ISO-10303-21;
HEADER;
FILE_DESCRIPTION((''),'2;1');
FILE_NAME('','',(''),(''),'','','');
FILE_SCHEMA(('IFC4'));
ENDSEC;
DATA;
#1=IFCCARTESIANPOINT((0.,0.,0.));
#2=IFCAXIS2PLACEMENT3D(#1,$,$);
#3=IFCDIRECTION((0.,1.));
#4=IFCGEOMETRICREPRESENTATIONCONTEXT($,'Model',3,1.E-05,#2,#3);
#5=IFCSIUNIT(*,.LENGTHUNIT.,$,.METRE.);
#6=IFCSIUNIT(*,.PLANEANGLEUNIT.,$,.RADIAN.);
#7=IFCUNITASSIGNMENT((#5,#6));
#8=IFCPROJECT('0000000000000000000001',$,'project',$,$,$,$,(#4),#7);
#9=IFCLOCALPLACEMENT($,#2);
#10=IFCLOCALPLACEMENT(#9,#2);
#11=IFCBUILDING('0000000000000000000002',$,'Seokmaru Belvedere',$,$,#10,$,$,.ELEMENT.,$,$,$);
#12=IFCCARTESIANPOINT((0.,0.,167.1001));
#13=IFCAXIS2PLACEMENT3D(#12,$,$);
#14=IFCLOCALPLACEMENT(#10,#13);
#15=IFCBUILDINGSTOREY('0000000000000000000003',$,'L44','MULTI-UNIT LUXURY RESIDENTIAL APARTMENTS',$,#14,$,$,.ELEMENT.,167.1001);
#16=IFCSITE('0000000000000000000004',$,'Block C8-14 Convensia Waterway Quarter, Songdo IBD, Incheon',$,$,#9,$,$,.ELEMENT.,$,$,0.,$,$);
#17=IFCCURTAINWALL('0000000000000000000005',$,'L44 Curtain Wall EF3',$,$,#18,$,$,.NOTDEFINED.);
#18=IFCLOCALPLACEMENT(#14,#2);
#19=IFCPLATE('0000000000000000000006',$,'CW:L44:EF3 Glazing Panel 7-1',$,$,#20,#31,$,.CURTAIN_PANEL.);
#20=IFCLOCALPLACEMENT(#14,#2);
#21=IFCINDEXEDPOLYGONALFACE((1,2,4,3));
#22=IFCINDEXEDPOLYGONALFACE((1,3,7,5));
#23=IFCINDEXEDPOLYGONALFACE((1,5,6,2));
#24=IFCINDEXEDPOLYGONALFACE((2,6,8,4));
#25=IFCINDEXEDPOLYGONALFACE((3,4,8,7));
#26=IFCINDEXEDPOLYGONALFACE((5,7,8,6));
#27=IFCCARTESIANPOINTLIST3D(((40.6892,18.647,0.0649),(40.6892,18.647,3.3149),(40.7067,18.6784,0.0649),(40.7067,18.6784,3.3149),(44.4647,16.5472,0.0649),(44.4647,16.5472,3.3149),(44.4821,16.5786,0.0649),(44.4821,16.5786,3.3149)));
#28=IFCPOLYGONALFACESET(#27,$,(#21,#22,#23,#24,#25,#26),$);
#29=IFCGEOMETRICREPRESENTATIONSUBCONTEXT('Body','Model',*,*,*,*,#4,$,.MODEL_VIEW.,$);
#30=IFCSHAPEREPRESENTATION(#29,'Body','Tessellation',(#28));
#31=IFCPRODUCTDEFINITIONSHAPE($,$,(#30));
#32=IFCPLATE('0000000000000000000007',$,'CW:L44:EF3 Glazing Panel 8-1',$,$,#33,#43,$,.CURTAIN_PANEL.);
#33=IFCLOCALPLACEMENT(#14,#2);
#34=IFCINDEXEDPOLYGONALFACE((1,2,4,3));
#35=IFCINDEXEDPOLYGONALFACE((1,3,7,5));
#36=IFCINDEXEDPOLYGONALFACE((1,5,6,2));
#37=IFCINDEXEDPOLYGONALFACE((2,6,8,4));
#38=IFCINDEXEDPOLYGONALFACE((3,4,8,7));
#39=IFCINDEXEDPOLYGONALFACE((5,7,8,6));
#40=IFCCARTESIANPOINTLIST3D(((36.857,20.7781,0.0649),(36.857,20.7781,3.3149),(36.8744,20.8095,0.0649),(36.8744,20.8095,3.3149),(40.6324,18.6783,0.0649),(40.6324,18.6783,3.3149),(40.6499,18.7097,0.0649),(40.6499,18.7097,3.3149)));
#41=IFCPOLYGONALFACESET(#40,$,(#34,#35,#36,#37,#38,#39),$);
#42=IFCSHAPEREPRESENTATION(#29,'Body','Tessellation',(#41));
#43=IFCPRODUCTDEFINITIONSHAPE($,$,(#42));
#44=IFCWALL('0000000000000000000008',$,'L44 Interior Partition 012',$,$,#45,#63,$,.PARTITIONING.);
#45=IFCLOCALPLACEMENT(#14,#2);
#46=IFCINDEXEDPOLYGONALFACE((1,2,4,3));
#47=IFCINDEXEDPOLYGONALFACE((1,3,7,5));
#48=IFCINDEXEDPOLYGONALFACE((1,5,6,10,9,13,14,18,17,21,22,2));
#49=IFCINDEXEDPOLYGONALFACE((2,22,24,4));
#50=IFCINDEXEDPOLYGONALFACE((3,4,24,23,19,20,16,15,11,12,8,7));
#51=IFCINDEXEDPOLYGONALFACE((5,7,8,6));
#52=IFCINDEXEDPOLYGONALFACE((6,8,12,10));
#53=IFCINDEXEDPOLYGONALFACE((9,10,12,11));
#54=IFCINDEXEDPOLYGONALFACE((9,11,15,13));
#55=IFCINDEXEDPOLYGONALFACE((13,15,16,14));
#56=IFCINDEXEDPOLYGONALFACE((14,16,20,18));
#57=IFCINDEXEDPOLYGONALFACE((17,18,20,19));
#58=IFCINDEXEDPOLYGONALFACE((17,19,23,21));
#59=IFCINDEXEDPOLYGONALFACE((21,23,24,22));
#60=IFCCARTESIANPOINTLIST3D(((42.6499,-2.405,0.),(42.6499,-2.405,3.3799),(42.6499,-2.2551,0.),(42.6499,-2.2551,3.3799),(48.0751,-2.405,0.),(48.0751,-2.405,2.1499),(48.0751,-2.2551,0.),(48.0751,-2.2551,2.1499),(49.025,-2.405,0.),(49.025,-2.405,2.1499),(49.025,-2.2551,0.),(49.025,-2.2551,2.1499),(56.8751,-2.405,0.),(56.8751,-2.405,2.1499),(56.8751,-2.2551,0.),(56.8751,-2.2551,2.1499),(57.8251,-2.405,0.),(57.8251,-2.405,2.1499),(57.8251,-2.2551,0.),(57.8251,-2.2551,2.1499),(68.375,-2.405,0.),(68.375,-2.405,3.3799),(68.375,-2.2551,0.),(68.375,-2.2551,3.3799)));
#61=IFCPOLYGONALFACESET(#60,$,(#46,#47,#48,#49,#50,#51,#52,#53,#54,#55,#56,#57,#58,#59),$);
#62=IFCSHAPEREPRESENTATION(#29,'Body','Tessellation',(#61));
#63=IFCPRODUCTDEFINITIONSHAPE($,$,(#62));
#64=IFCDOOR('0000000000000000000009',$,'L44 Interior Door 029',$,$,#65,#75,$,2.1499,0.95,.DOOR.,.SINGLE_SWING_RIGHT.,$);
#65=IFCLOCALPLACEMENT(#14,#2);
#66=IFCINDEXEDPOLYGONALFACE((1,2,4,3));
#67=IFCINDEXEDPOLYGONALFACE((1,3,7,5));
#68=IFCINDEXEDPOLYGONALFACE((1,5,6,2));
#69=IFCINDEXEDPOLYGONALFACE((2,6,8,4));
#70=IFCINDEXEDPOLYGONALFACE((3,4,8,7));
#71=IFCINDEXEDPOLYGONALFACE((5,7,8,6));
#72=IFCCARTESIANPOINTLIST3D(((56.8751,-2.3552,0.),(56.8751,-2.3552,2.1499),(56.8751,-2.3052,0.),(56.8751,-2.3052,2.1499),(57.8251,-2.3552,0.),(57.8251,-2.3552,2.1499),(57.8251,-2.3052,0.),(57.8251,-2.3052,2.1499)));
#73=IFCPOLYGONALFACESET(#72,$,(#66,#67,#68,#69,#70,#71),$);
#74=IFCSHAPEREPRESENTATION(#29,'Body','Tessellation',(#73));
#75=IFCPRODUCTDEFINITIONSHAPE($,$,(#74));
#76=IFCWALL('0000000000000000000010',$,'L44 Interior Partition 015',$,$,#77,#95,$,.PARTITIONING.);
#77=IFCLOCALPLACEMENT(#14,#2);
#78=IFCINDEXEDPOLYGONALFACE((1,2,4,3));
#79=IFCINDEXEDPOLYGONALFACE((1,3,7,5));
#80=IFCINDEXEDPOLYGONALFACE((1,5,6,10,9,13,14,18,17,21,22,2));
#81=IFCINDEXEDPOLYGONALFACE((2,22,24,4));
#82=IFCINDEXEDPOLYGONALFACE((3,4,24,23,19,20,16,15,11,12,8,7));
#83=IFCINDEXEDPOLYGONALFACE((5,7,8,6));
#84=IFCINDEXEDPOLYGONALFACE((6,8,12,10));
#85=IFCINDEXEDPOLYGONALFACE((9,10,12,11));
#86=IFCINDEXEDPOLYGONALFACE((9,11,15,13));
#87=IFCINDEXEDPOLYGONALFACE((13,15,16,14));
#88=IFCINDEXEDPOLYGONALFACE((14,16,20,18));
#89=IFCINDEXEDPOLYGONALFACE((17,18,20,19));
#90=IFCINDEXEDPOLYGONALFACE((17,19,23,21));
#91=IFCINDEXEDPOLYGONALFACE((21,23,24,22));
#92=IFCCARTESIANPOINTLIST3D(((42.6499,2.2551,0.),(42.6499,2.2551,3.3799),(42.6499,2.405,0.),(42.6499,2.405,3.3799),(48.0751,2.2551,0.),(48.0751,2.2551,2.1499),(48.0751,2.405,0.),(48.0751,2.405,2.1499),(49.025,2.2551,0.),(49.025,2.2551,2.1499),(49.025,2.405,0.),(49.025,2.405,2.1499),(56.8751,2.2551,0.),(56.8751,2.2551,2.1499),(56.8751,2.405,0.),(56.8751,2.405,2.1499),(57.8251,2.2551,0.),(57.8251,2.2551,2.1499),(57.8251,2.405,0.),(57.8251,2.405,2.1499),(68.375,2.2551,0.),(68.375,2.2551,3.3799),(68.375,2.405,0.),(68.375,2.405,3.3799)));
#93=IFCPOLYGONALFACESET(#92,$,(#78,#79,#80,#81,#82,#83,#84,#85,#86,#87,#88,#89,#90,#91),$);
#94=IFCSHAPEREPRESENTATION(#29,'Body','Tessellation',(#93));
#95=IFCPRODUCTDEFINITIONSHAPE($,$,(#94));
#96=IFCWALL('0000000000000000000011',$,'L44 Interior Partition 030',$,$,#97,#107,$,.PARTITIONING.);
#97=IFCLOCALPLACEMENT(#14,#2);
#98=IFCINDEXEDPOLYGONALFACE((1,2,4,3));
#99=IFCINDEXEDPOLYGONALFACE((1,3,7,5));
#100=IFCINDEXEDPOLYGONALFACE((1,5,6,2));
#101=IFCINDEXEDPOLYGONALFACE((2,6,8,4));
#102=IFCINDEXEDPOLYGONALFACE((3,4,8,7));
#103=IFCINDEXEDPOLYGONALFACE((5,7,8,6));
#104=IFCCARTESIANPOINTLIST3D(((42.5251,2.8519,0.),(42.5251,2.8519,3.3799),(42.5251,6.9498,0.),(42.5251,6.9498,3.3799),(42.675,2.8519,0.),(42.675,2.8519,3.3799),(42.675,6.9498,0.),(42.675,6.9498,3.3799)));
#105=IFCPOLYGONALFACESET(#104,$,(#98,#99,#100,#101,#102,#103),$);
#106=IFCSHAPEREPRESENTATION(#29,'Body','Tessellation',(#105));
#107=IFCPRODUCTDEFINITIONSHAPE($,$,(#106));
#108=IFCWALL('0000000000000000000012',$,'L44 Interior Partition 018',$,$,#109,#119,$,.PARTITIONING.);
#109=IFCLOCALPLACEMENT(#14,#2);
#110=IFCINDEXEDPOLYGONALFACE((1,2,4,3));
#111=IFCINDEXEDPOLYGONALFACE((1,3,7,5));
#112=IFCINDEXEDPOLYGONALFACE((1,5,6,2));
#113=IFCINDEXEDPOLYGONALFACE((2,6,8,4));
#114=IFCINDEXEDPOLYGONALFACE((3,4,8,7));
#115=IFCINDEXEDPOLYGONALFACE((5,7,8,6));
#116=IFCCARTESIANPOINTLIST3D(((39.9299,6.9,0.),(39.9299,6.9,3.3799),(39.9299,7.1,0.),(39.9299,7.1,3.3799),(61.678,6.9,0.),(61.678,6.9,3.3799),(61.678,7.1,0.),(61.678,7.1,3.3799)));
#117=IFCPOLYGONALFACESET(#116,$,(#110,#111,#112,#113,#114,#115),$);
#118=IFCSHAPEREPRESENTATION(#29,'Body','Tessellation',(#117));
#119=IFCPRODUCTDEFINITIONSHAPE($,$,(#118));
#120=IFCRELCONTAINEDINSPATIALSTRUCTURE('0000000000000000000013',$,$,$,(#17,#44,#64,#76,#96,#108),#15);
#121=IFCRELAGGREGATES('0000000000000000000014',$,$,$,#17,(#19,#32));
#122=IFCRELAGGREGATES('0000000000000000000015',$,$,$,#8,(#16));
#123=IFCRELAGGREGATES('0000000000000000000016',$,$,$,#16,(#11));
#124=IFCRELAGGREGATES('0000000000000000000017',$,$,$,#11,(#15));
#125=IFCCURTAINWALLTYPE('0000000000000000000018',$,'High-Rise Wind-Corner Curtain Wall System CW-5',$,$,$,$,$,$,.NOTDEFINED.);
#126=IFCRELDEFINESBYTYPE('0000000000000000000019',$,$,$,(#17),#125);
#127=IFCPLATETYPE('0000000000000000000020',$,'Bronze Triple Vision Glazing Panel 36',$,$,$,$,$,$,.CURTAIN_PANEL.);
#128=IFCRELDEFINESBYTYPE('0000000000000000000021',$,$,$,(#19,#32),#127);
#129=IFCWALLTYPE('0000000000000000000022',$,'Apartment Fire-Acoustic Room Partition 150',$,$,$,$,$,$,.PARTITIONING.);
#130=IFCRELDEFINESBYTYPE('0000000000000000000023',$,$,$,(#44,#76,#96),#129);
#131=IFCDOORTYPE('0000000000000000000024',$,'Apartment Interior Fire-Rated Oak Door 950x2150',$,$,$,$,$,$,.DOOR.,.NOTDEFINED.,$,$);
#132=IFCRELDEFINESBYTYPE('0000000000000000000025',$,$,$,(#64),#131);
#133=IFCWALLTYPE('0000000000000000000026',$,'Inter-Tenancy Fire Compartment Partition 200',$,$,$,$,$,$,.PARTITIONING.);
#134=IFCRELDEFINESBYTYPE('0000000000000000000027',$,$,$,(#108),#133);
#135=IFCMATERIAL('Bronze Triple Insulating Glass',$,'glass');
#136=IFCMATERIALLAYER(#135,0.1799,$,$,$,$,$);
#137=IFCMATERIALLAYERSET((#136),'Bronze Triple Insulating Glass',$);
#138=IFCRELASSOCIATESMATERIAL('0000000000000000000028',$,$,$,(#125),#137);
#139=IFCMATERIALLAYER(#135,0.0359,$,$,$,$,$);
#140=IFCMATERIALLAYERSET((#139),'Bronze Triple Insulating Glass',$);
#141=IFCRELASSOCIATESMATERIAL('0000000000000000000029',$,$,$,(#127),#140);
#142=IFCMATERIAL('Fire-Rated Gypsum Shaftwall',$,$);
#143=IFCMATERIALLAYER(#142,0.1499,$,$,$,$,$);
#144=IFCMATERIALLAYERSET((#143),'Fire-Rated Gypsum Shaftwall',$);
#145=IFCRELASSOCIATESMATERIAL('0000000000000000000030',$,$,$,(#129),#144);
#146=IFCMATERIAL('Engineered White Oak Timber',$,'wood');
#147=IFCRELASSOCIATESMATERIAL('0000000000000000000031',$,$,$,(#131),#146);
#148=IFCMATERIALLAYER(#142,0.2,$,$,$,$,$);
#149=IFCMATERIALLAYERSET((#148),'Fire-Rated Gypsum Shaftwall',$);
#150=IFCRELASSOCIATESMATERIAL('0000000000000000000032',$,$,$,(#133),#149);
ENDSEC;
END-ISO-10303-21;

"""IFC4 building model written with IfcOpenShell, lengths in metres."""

from ifc_helpers import new_model, si_unit, direction, frame, frame_2d, origin, origin_2d, place, context, subcontext, project, spatial, rectangle, extrude, source, transform, mapped, material, layer, layer_set, type_object, type_shapes, element, fill, aggregate, save


model = new_model("IFC4")

# Units and contexts
model_context = context("Model", 3, precision=1e-05, world=origin(), true_north=direction((0.0, 1.0)))
body_context = subcontext(model_context, "Body", "Model", "MODEL_VIEW")
ifc_project = project(units=[si_unit("LENGTHUNIT", "METRE"), si_unit("PLANEANGLEUNIT", "RADIAN")], contexts=[model_context])

# Site, building, storey
site_placement = place(None, origin())
site = spatial("IfcSite", under=ifc_project, at=site_placement, Name="Block C8-14 Convensia Waterway Quarter, Songdo IBD, Incheon", CompositionType="ELEMENT", RefElevation=0.0)
building_placement = place(site_placement, origin())
building = spatial("IfcBuilding", under=site, at=building_placement, Name="Seokmaru Belvedere", CompositionType="ELEMENT")
storey_placement = place(building_placement, frame((0.0, 0.0, 167.1001)))
storey = spatial("IfcBuildingStorey", under=building, at=storey_placement, Name="L44", Description="MULTI-UNIT LUXURY RESIDENTIAL APARTMENTS", CompositionType="ELEMENT", Elevation=167.1001)

# Curtain wall, plates
ifc_material_1 = material(Name="Bronze Triple Insulating Glass", Category="glass")
ifc_layer_1 = layer(ifc_material_1, 0.1799)
ifc_layer_set_1 = layer_set([ifc_layer_1], Name="Bronze Triple Insulating Glass")
curtain_wall_type = type_object("IfcCurtainWallType", Name="High-Rise Wind-Corner Curtain Wall System CW-5", PredefinedType="NOTDEFINED", material=ifc_layer_set_1)
curtain_wall_placement = place(storey_placement, origin())
curtain_wall = element("IfcCurtainWall", 1, at=curtain_wall_placement, inside=storey, type_object=curtain_wall_type, Name="L44 Curtain Wall EF3", PredefinedType="NOTDEFINED")
ifc_layer_2 = layer(ifc_material_1, 0.0359)
ifc_layer_set_2 = layer_set([ifc_layer_2], Name="Bronze Triple Insulating Glass")
plate_type = type_object("IfcPlateType", Name="Bronze Triple Vision Glazing Panel 36", PredefinedType="CURTAIN_PANEL", material=ifc_layer_set_2)
shared_shape_1 = source(origin(), body_context, "Body", "SweptSolid", [
    extrude(rectangle(XDim=4.3201, YDim=0.0359, at=origin_2d()), origin(), (0.0, 0.0, 1.0), 3.25),
])
type_shapes(plate_type, [shared_shape_1])
plate_1_placement = place(storey_placement, frame((42.5857, 17.6128, 0.0649), z_axis=(0.0, 0.0, 1.0), x_axis=(-0.873933, 0.486047, 0.0)))
plate_1 = element("IfcPlate", 2, at=plate_1_placement, type_object=plate_type, Name="CW:L44:EF3 Glazing Panel 7-1", PredefinedType="CURTAIN_PANEL", context=body_context, shape_type="MappedRepresentation", body=[
    mapped(shared_shape_1, transform((0.0, 0.0, 0.0), scale=1.0)),
])
plate_2_placement = place(storey_placement, frame((38.7534, 19.7439, 0.0649), z_axis=(0.0, 0.0, 1.0), x_axis=(-0.873933, 0.486047, 0.0)))
plate_2 = element("IfcPlate", 3, at=plate_2_placement, type_object=plate_type, Name="CW:L44:EF3 Glazing Panel 8-1", PredefinedType="CURTAIN_PANEL", context=body_context, shape_type="MappedRepresentation", body=[
    mapped(shared_shape_1, transform((0.0, 0.0, 0.0), scale=1.0)),
])
aggregate(curtain_wall, [plate_1, plate_2])

# Wall, openings, door
ifc_material_2 = material(Name="Fire-Rated Gypsum Shaftwall")
ifc_layer_3 = layer(ifc_material_2, 0.1499)
ifc_layer_set_3 = layer_set([ifc_layer_3], Name="Fire-Rated Gypsum Shaftwall")
wall_type_1 = type_object("IfcWallType", Name="Apartment Fire-Acoustic Room Partition 150", PredefinedType="PARTITIONING", material=ifc_layer_set_3)
wall_1_placement = place(storey_placement, frame((42.6499, -2.3301, 0.0), z_axis=(0.0, 0.0, 1.0), x_axis=(1.0, 0.0, 0.0)))
wall_1 = element("IfcWall", 4, at=wall_1_placement, inside=storey, type_object=wall_type_1, Name="L44 Interior Partition 012", PredefinedType="PARTITIONING", context=body_context, shape_type="SweptSolid", body=[
    extrude(rectangle(XDim=25.7251, YDim=0.1499, at=frame_2d((12.8625, 0.0))), origin(), (0.0, 0.0, 1.0), 3.3799),
])
opening_1_placement = place(wall_1_placement, frame((5.425, 0.0, 0.0)))
element("IfcOpeningElement", 5, at=opening_1_placement, cuts=wall_1, PredefinedType="OPENING", context=body_context, shape_type="SweptSolid", body=[
    extrude(rectangle(XDim=0.95, YDim=2.1499, at=frame_2d((0.4751, 1.075))), frame((0.0, 0.085, 0.0), z_axis=(0.0, -1.0, 0.0), x_axis=(1.0, 0.0, 0.0)), (0.0, 0.0, 1.0), 0.1699),
])
opening_2_placement = place(wall_1_placement, frame((14.2251, 0.0, 0.0)))
opening_2 = element("IfcOpeningElement", 6, at=opening_2_placement, cuts=wall_1, PredefinedType="OPENING", context=body_context, shape_type="SweptSolid", body=[
    extrude(rectangle(XDim=0.95, YDim=2.1499, at=frame_2d((0.4751, 1.075))), frame((0.0, 0.085, 0.0), z_axis=(0.0, -1.0, 0.0), x_axis=(1.0, 0.0, 0.0)), (0.0, 0.0, 1.0), 0.1699),
])
ifc_material_3 = material(Name="Engineered White Oak Timber", Category="wood")
door_type_1 = type_object("IfcDoorType", Name="Apartment Interior Fire-Rated Oak Door 950x2150", OperationType="NOTDEFINED", PredefinedType="DOOR", material=ifc_material_3)
shared_shape_2 = source(origin(), body_context, "Body", "SweptSolid", [
    extrude(rectangle(XDim=0.95, YDim=2.1499, at=frame_2d((0.4751, 1.075))), frame((0.0, 0.0249, 0.0), z_axis=(0.0, -1.0, 0.0), x_axis=(1.0, 0.0, 0.0)), (0.0, 0.0, 1.0), 0.05),
])
type_shapes(door_type_1, [shared_shape_2])
door_1_placement = place(opening_2_placement, origin())
door_1 = element("IfcDoor", 7, at=door_1_placement, inside=storey, type_object=door_type_1, Name="L44 Interior Door 029", OperationType="SINGLE_SWING_RIGHT", OverallHeight=2.1499, OverallWidth=0.95, PredefinedType="DOOR", context=body_context, shape_type="MappedRepresentation", body=[
    mapped(shared_shape_2, transform((0.0, 0.0, 0.0), scale=1.0)),
])
fill(opening_2, door_1)

# Wall, openings
wall_2_placement = place(storey_placement, frame((42.6499, 2.3301, 0.0), z_axis=(0.0, 0.0, 1.0), x_axis=(1.0, 0.0, 0.0)))
wall_2 = element("IfcWall", 8, at=wall_2_placement, inside=storey, type_object=wall_type_1, Name="L44 Interior Partition 015", PredefinedType="PARTITIONING", context=body_context, shape_type="SweptSolid", body=[
    extrude(rectangle(XDim=25.7251, YDim=0.1499, at=frame_2d((12.8625, 0.0))), origin(), (0.0, 0.0, 1.0), 3.3799),
])
opening_3_placement = place(wall_2_placement, frame((5.425, 0.0, 0.0)))
element("IfcOpeningElement", 9, at=opening_3_placement, cuts=wall_2, PredefinedType="OPENING", context=body_context, shape_type="SweptSolid", body=[
    extrude(rectangle(XDim=0.95, YDim=2.1499, at=frame_2d((0.4751, 1.075))), frame((0.0, 0.085, 0.0), z_axis=(0.0, -1.0, 0.0), x_axis=(1.0, 0.0, 0.0)), (0.0, 0.0, 1.0), 0.1699),
])
opening_4_placement = place(wall_2_placement, frame((14.2251, 0.0, 0.0)))
element("IfcOpeningElement", 10, at=opening_4_placement, cuts=wall_2, PredefinedType="OPENING", context=body_context, shape_type="SweptSolid", body=[
    extrude(rectangle(XDim=0.95, YDim=2.1499, at=frame_2d((0.4751, 1.075))), frame((0.0, 0.085, 0.0), z_axis=(0.0, -1.0, 0.0), x_axis=(1.0, 0.0, 0.0)), (0.0, 0.0, 1.0), 0.1699),
])

# Walls
wall_3_placement = place(storey_placement, frame((42.6001, 2.8521, 0.0), z_axis=(0.0, 0.0, 1.0), x_axis=(0.0, 1.0, 0.0)))
element("IfcWall", 11, at=wall_3_placement, inside=storey, type_object=wall_type_1, Name="L44 Interior Partition 030", PredefinedType="PARTITIONING", context=body_context, shape_type="SweptSolid", body=[
    extrude(rectangle(XDim=4.0979, YDim=0.1499, at=frame_2d((2.0488, 0.0))), origin(), (0.0, 0.0, 1.0), 3.3799),
])
ifc_layer_4 = layer(ifc_material_2, 0.2)
ifc_layer_set_4 = layer_set([ifc_layer_4], Name="Fire-Rated Gypsum Shaftwall")
wall_type_2 = type_object("IfcWallType", Name="Inter-Tenancy Fire Compartment Partition 200", PredefinedType="PARTITIONING", material=ifc_layer_set_4)
wall_4_placement = place(storey_placement, frame((39.9299, 7.0, 0.0), z_axis=(0.0, 0.0, 1.0), x_axis=(1.0, 0.0, 0.0)))
element("IfcWall", 12, at=wall_4_placement, inside=storey, type_object=wall_type_2, Name="L44 Interior Partition 018", PredefinedType="PARTITIONING", context=body_context, shape_type="SweptSolid", body=[
    extrude(rectangle(XDim=21.748, YDim=0.2, at=frame_2d((10.874, 0.0))), origin(), (0.0, 0.0, 1.0), 3.3799),
])

save(model, "model.ifc")
